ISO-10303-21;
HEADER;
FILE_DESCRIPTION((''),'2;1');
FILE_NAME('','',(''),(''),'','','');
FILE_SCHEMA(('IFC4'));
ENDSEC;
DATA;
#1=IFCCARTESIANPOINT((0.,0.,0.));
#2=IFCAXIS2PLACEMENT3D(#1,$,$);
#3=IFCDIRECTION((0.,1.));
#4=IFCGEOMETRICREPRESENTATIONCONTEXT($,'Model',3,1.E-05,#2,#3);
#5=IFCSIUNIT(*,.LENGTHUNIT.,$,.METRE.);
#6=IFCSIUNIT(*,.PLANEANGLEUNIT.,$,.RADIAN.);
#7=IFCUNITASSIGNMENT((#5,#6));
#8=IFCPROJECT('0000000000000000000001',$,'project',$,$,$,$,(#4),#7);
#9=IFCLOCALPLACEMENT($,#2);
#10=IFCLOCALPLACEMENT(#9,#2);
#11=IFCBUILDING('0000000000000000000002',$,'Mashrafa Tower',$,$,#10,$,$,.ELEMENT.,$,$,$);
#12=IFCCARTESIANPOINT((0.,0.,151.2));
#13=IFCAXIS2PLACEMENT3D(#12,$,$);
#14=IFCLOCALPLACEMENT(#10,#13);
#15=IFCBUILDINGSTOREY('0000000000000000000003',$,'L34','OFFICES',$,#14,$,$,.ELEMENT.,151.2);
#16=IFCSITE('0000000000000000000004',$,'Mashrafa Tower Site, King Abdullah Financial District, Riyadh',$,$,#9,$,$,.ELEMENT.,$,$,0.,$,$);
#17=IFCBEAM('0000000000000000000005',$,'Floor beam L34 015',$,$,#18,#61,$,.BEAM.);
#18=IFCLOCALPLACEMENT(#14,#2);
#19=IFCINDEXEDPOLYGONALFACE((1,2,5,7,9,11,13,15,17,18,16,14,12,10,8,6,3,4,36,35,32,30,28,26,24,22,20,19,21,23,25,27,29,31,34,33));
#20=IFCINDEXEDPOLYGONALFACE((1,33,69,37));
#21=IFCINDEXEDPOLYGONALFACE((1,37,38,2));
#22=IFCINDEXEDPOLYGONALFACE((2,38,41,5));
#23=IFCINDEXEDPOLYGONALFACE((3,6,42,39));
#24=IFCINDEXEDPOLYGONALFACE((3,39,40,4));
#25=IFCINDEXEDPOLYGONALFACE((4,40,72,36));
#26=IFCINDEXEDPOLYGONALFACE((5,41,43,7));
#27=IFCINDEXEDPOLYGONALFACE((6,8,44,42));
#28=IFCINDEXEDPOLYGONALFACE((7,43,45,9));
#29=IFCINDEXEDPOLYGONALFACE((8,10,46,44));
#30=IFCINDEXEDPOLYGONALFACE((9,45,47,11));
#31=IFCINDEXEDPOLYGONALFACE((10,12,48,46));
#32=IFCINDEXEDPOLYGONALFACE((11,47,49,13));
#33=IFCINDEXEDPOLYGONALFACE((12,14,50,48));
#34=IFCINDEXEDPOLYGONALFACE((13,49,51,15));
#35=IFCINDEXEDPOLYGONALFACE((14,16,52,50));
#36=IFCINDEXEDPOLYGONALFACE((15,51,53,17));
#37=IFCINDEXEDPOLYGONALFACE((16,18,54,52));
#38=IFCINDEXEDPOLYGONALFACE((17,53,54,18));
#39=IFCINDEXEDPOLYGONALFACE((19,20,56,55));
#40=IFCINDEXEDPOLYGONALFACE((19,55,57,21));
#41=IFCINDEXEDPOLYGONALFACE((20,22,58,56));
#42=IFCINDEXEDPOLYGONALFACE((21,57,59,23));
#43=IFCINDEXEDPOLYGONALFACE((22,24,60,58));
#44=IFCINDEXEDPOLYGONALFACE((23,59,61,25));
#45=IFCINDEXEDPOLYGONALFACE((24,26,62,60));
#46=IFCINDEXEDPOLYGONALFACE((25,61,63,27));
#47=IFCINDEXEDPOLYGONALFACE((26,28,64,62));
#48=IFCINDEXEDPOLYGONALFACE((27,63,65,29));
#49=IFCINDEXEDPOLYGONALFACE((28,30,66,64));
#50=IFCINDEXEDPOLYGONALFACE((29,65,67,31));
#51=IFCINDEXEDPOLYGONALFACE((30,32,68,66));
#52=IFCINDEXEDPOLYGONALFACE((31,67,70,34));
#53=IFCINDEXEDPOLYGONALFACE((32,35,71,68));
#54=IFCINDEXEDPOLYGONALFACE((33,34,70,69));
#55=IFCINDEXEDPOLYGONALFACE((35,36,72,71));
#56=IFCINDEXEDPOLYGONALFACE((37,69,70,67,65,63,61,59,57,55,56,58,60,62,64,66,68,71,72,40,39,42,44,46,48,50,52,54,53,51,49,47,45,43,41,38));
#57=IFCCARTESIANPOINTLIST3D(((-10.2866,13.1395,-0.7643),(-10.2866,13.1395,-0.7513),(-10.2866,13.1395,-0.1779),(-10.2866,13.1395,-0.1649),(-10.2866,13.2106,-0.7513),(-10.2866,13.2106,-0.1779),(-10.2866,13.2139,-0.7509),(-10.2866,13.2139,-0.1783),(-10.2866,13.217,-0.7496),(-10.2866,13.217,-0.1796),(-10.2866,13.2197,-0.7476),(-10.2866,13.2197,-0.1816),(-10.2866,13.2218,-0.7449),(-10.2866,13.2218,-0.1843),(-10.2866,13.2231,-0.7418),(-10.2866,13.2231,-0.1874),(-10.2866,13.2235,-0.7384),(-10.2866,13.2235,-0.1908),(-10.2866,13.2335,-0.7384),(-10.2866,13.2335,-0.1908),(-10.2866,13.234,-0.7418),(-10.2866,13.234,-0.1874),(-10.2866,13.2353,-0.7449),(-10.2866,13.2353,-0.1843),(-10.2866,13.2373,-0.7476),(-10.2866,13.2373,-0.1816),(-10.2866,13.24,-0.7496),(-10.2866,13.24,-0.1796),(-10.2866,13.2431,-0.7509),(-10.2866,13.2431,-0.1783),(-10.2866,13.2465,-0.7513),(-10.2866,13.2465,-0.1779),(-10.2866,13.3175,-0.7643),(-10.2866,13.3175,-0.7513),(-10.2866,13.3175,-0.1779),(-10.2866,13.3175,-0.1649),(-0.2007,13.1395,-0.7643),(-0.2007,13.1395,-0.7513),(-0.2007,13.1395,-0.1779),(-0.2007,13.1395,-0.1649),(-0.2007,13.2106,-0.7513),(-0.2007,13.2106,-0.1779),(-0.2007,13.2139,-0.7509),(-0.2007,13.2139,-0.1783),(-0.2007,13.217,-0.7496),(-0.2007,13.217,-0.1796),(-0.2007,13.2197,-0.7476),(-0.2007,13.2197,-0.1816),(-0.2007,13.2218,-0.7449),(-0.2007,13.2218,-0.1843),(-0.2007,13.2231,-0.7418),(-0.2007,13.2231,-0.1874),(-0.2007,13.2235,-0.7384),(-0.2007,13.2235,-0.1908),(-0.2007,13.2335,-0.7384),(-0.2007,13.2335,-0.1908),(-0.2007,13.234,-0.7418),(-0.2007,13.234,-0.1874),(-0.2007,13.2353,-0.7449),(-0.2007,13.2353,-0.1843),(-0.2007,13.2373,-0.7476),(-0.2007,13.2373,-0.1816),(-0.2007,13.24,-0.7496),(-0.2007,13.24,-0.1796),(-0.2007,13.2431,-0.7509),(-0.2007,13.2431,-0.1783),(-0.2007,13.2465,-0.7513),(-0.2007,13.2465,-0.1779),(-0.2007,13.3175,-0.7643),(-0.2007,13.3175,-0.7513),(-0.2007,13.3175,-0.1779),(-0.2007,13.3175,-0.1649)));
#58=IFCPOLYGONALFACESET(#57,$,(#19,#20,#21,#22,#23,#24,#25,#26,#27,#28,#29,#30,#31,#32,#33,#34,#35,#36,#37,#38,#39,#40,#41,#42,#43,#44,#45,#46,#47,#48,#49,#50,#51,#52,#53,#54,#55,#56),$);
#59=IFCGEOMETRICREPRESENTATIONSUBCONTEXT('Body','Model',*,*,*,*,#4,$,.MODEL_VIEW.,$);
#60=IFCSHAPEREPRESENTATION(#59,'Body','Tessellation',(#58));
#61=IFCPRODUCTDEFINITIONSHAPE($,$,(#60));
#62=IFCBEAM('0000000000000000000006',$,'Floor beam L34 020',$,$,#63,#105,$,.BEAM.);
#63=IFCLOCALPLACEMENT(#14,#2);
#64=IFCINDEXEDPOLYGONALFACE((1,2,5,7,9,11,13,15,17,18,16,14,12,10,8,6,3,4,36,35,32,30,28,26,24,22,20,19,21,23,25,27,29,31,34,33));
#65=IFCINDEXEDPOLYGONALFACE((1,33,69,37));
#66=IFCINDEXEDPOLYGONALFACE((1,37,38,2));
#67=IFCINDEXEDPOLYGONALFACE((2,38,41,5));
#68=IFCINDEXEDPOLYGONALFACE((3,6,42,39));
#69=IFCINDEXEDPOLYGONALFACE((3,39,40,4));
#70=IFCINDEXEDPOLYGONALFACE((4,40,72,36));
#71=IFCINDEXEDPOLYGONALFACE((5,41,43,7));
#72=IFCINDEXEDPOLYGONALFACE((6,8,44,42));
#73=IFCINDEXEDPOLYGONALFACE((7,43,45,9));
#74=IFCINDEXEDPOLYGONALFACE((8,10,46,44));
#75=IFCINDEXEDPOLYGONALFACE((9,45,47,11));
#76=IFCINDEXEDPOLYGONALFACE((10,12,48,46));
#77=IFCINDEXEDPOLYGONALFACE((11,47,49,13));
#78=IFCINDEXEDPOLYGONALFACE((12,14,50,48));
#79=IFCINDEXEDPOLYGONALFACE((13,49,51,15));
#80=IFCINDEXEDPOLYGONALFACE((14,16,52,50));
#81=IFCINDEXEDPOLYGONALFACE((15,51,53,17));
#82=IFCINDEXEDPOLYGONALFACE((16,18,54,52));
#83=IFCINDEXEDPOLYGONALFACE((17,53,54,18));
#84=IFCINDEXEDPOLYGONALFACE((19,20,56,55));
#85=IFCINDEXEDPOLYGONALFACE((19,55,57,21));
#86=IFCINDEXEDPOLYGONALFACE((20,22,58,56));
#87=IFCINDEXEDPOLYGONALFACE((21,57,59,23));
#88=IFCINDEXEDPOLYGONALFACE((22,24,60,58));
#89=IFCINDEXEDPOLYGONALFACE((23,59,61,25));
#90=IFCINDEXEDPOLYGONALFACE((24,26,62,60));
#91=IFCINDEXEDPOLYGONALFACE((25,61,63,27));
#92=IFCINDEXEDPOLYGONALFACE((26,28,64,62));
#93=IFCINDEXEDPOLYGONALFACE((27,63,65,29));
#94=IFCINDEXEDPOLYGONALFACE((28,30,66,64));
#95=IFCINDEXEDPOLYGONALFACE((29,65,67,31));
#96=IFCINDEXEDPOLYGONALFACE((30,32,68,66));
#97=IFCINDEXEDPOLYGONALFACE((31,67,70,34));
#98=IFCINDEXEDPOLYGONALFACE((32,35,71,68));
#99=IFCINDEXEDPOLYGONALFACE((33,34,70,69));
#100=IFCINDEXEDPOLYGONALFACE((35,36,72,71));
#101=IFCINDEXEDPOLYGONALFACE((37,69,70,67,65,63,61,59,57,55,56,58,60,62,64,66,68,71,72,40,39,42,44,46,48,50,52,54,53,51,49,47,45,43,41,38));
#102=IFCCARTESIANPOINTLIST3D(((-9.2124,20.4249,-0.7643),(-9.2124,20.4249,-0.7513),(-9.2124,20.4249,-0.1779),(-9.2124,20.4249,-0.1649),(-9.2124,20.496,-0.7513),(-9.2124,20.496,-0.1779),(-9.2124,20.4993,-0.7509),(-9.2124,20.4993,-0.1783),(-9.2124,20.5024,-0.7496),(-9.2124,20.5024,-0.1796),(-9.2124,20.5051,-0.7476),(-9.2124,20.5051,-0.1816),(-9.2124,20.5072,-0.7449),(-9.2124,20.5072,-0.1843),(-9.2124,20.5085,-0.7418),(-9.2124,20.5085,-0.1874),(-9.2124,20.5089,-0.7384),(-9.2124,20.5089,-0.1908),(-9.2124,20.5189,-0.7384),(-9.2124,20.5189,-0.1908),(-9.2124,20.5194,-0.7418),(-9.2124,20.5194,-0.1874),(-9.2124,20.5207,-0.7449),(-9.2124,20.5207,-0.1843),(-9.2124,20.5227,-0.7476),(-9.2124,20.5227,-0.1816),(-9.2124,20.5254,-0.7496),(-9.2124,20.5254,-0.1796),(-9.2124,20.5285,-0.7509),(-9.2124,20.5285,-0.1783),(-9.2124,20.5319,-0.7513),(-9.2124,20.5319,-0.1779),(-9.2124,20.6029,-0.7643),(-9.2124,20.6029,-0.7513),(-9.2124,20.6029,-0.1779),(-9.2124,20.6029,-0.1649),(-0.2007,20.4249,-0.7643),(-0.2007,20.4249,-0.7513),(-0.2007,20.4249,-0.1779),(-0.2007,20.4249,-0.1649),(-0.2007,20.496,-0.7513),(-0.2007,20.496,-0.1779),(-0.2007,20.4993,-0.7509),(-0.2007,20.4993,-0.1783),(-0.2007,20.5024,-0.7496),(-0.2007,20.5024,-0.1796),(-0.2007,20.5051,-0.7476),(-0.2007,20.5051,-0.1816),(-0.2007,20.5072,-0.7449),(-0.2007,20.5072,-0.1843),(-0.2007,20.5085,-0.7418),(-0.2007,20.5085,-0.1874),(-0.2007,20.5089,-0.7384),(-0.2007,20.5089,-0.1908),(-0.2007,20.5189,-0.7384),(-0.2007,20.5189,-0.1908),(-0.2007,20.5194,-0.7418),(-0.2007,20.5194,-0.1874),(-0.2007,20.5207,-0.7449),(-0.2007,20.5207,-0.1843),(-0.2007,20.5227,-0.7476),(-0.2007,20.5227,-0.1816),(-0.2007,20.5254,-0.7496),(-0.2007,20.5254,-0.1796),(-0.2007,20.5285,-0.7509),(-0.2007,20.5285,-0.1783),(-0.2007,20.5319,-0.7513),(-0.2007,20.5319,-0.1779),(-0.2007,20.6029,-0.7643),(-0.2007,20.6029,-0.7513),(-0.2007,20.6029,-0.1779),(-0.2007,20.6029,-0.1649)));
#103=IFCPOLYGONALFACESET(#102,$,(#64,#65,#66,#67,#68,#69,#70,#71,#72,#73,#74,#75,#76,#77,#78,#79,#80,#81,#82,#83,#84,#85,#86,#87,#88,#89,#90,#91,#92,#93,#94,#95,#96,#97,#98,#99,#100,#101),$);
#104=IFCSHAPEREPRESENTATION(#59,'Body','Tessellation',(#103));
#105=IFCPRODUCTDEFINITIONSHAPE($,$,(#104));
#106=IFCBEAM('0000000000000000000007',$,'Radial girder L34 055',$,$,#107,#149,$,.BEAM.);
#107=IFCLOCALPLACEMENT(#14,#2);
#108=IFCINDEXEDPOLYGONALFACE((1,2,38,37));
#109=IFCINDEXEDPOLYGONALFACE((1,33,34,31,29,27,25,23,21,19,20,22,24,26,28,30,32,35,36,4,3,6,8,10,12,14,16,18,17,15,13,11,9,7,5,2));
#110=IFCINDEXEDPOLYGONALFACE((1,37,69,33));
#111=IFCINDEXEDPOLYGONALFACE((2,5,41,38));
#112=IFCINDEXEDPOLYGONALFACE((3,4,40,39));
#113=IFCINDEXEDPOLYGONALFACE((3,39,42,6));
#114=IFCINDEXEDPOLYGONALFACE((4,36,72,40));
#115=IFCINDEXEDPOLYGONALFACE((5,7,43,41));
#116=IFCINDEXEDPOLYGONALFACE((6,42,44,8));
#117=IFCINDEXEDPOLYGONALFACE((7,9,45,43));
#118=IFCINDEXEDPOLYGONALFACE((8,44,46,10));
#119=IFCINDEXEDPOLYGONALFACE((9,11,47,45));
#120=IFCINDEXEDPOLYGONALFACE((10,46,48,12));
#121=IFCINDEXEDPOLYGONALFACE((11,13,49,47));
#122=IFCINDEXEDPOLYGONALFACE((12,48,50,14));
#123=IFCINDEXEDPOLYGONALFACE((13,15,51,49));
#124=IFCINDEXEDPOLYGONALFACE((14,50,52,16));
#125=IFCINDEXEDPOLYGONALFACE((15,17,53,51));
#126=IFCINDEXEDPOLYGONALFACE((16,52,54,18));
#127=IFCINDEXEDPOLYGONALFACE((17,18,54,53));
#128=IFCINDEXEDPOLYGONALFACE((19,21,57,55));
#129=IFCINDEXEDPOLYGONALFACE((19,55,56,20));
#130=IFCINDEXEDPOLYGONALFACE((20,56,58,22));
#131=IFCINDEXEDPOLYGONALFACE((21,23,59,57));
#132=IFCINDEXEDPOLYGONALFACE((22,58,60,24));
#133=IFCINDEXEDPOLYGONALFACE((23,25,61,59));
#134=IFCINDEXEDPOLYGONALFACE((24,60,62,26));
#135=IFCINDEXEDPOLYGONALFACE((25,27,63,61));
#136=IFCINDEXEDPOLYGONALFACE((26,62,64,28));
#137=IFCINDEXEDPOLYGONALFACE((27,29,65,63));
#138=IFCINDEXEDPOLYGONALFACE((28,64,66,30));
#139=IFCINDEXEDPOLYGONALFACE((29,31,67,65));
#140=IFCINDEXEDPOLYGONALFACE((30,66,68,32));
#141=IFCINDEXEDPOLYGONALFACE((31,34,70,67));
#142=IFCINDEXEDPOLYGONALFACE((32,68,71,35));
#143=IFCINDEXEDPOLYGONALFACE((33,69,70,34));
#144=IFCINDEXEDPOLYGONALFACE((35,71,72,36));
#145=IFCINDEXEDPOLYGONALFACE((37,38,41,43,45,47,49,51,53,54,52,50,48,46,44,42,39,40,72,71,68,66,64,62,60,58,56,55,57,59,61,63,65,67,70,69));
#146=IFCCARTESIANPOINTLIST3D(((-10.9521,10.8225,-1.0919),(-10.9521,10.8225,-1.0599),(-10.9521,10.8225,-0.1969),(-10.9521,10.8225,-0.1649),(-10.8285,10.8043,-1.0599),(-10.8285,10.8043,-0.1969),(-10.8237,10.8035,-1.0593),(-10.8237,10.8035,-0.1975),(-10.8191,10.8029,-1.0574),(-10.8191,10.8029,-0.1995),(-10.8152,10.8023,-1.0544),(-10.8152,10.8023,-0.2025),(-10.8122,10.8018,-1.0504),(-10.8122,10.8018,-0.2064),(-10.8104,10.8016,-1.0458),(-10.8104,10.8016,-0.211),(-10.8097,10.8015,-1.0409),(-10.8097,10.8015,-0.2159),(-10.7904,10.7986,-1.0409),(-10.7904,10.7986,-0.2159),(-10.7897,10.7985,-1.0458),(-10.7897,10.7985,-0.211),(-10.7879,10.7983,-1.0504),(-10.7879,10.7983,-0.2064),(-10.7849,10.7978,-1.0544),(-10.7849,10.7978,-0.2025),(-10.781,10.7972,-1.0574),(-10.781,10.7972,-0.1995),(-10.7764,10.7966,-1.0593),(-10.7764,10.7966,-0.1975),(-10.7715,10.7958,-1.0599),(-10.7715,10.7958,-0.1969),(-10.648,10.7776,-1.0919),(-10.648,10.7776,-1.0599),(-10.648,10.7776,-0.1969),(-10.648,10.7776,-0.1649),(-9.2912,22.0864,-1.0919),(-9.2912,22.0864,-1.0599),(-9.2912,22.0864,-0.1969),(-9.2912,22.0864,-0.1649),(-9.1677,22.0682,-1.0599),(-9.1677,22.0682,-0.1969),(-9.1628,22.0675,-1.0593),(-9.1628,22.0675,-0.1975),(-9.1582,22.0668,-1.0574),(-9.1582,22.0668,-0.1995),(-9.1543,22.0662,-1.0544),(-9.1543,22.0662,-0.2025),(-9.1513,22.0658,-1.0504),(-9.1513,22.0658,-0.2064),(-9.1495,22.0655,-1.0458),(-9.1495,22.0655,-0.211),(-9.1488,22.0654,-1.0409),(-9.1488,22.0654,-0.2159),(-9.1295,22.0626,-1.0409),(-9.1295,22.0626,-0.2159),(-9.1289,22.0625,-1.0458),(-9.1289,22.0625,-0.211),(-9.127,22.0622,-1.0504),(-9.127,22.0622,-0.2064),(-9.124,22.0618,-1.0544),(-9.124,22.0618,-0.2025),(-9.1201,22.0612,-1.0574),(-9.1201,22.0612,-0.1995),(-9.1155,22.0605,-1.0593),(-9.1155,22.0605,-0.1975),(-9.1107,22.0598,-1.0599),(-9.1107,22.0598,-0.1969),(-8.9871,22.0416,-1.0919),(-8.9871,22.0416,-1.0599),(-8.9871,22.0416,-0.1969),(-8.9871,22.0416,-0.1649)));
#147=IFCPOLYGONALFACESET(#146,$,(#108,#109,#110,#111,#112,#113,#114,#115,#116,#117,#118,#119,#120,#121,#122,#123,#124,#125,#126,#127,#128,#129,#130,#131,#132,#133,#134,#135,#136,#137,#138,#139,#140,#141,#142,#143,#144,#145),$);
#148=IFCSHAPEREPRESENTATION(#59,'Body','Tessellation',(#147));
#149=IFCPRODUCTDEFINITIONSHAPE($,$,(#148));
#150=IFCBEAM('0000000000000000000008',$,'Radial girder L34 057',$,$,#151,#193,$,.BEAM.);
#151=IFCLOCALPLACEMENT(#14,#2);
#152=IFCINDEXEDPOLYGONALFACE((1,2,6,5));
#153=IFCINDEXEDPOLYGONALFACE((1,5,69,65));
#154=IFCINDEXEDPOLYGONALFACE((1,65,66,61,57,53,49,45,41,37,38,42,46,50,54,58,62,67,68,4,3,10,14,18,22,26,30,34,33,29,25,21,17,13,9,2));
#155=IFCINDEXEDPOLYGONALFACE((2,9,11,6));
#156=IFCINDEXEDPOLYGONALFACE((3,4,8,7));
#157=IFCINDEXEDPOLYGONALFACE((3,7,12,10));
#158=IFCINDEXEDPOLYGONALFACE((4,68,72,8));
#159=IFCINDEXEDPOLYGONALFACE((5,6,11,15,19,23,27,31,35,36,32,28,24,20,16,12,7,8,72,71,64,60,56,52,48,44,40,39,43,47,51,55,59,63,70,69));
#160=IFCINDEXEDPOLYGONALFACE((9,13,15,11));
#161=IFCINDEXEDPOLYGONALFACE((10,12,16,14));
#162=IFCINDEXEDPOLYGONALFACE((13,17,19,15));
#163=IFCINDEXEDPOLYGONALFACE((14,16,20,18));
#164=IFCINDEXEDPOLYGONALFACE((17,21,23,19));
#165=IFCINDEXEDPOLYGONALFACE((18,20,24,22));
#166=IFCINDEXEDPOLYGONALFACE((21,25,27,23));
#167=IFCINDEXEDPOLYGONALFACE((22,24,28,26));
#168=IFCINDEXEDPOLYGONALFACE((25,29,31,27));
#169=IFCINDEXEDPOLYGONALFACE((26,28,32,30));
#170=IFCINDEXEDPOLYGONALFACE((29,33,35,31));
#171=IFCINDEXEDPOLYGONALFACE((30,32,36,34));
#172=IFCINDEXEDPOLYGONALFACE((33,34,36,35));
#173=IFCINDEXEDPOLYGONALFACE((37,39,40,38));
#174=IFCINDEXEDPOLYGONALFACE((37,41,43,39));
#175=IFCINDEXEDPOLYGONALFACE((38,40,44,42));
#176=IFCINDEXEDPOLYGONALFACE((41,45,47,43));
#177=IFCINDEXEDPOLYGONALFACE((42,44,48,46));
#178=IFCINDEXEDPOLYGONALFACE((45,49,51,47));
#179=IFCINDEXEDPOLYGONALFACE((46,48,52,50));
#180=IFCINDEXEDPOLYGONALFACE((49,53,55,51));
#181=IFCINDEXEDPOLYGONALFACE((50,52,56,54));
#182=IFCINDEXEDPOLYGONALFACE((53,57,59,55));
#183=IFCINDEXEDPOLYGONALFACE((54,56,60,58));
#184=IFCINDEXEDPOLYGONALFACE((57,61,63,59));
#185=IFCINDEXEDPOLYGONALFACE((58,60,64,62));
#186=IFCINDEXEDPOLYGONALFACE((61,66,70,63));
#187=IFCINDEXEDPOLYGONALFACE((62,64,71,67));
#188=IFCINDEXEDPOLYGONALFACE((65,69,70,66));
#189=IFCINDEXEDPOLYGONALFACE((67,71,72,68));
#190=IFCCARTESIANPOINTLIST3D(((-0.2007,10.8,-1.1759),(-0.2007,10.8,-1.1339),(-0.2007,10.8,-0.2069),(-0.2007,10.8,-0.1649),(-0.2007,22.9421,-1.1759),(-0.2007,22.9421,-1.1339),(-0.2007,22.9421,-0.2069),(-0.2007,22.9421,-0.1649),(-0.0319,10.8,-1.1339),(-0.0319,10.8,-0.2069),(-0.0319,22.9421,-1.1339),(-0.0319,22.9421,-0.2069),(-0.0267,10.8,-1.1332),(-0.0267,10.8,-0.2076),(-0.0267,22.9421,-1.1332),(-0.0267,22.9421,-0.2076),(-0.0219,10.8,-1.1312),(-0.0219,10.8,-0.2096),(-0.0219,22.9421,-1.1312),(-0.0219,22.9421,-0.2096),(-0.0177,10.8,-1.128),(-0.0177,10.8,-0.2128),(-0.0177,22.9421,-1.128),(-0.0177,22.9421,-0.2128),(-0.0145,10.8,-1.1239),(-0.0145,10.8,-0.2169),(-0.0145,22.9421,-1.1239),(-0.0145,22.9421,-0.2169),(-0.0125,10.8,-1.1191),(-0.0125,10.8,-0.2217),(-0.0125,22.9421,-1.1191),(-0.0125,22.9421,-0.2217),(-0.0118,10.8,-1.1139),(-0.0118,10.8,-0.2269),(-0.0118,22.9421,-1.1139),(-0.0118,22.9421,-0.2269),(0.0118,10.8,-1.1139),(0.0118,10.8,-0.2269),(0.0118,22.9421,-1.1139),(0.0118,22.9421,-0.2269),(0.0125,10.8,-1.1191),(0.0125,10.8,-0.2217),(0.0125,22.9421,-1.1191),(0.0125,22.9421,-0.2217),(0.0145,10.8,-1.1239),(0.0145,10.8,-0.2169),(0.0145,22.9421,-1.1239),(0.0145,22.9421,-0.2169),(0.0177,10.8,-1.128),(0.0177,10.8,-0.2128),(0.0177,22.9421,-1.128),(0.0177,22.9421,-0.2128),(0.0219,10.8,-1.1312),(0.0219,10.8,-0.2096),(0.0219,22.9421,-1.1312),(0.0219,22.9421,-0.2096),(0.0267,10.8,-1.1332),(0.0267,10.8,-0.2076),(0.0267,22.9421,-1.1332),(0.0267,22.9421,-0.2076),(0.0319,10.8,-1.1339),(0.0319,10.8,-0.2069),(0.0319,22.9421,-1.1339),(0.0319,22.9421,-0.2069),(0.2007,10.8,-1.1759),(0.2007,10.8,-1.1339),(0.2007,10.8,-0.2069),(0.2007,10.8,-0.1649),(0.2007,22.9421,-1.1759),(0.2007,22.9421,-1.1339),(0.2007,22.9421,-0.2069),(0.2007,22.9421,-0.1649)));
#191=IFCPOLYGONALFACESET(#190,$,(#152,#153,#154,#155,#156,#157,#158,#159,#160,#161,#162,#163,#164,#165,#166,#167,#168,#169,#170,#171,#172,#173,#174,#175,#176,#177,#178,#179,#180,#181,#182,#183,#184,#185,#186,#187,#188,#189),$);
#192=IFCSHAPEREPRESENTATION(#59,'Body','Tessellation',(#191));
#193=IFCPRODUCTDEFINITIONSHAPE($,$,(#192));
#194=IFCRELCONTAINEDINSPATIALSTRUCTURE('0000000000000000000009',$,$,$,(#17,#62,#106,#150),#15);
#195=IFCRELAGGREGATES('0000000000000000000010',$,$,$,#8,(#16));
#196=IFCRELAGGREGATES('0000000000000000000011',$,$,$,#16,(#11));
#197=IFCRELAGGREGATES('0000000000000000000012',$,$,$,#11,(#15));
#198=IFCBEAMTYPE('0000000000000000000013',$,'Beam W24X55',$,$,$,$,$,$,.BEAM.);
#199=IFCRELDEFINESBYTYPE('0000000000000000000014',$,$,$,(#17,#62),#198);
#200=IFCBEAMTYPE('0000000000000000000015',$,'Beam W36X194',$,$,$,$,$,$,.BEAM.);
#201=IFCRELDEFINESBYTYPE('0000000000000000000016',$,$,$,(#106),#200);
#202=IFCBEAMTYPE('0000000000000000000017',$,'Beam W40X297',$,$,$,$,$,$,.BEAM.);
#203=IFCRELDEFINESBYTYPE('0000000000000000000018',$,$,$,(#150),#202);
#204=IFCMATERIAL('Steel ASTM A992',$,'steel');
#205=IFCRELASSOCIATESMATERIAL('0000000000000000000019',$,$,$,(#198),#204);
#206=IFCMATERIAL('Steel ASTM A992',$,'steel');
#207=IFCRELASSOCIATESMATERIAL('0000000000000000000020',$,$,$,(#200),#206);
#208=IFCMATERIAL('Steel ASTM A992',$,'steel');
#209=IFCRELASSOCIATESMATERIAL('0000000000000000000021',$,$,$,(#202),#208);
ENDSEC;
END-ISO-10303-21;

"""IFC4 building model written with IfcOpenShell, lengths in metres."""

from ifc_helpers import new_model, si_unit, direction, frame, origin, origin_2d, place, context, subcontext, project, spatial, i_section, extrude, material, material_profile, profile_set, type_object, element, save


model = new_model("IFC4")

# Units and contexts
model_context = context("Model", 3, precision=1e-05, world=origin(), true_north=direction((0.0, 1.0)))
body_context = subcontext(model_context, "Body", "Model", "MODEL_VIEW")
ifc_project = project(units=[si_unit("LENGTHUNIT", "METRE"), si_unit("PLANEANGLEUNIT", "RADIAN")], contexts=[model_context])

# Site, building, storey
site_placement = place(None, origin())
site = spatial("IfcSite", under=ifc_project, at=site_placement, Name="Mashrafa Tower Site, King Abdullah Financial District, Riyadh", CompositionType="ELEMENT", RefElevation=0.0)
building_placement = place(site_placement, origin())
building = spatial("IfcBuilding", under=site, at=building_placement, Name="Mashrafa Tower", CompositionType="ELEMENT")
storey_placement = place(building_placement, frame((0.0, 0.0, 151.2)))
storey = spatial("IfcBuildingStorey", under=building, at=storey_placement, Name="L34", Description="OFFICES", CompositionType="ELEMENT", Elevation=151.2)

# Beams
ifc_material_1 = material(Name="Steel ASTM A992", Category="steel")
ifc_material_profile_1 = material_profile(ifc_material_1, i_section(OverallWidth=0.178, OverallDepth=0.5994, WebThickness=0.01, FlangeThickness=0.0129, FilletRadius=0.0129, at=origin_2d()), Name="W24X55")
ifc_profile_set_1 = profile_set([ifc_material_profile_1], Name="Steel ASTM A992")
beam_type_1 = type_object("IfcBeamType", Name="Beam W24X55", PredefinedType="BEAM", material=ifc_profile_set_1)
beam_1_placement = place(storey_placement, frame((-10.2866, 13.2285, -0.4646), z_axis=(1.0, 0.0, 0.0), x_axis=(0.0, 1.0, 0.0)))
element("IfcBeam", 1, at=beam_1_placement, inside=storey, type_object=beam_type_1, Name="Floor beam L34 015", PredefinedType="BEAM", context=body_context, shape_type="SweptSolid", body=[
    extrude(i_section(OverallWidth=0.178, OverallDepth=0.5994, WebThickness=0.01, FlangeThickness=0.0129, FilletRadius=0.0129, at=origin_2d()), origin(), (0.0, 0.0, 1.0), 10.0859),
])
beam_2_placement = place(storey_placement, frame((-9.2124, 20.5139, -0.4646), z_axis=(1.0, 0.0, 0.0), x_axis=(0.0, 1.0, 0.0)))
element("IfcBeam", 2, at=beam_2_placement, inside=storey, type_object=beam_type_1, Name="Floor beam L34 020", PredefinedType="BEAM", context=body_context, shape_type="SweptSolid", body=[
    extrude(i_section(OverallWidth=0.178, OverallDepth=0.5994, WebThickness=0.01, FlangeThickness=0.0129, FilletRadius=0.0129, at=origin_2d()), origin(), (0.0, 0.0, 1.0), 9.0117),
])
ifc_material_2 = material(Name="Steel ASTM A992", Category="steel")
ifc_material_profile_2 = material_profile(ifc_material_2, i_section(OverallWidth=0.3074, OverallDepth=0.927, WebThickness=0.0195, FlangeThickness=0.032, FilletRadius=0.019, at=origin_2d()), Name="W36X194")
ifc_profile_set_2 = profile_set([ifc_material_profile_2], Name="Steel ASTM A992")
beam_type_2 = type_object("IfcBeamType", Name="Beam W36X194", PredefinedType="BEAM", material=ifc_profile_set_2)
beam_3_placement = place(storey_placement, frame((-10.8, 10.8, -0.6284), z_axis=(0.145875, 0.989303, 0.0), x_axis=(-0.989303, 0.145875, 0.0)))
element("IfcBeam", 3, at=beam_3_placement, inside=storey, type_object=beam_type_2, Name="Radial girder L34 055", PredefinedType="BEAM", context=body_context, shape_type="SweptSolid", body=[
    extrude(i_section(OverallWidth=0.3074, OverallDepth=0.927, WebThickness=0.0195, FlangeThickness=0.032, FilletRadius=0.019, at=origin_2d()), origin(), (0.0, 0.0, 1.0), 11.3857),
])
ifc_material_3 = material(Name="Steel ASTM A992", Category="steel")
ifc_material_profile_3 = material_profile(ifc_material_3, i_section(OverallWidth=0.4014, OverallDepth=1.011, WebThickness=0.0237, FlangeThickness=0.042, FilletRadius=0.02, at=origin_2d()), Name="W40X297")
ifc_profile_set_3 = profile_set([ifc_material_profile_3], Name="Steel ASTM A992")
beam_type_3 = type_object("IfcBeamType", Name="Beam W40X297", PredefinedType="BEAM", material=ifc_profile_set_3)
beam_4_placement = place(storey_placement, frame((0.0, 10.8, -0.6704), z_axis=(0.0, 1.0, 0.0), x_axis=(-1.0, 0.0, 0.0)))
element("IfcBeam", 4, at=beam_4_placement, inside=storey, type_object=beam_type_3, Name="Radial girder L34 057", PredefinedType="BEAM", context=body_context, shape_type="SweptSolid", body=[
    extrude(i_section(OverallWidth=0.4014, OverallDepth=1.011, WebThickness=0.0237, FlangeThickness=0.042, FilletRadius=0.02, at=origin_2d()), origin(), (0.0, 0.0, 1.0), 12.1421),
])

save(model, "model.ifc")
